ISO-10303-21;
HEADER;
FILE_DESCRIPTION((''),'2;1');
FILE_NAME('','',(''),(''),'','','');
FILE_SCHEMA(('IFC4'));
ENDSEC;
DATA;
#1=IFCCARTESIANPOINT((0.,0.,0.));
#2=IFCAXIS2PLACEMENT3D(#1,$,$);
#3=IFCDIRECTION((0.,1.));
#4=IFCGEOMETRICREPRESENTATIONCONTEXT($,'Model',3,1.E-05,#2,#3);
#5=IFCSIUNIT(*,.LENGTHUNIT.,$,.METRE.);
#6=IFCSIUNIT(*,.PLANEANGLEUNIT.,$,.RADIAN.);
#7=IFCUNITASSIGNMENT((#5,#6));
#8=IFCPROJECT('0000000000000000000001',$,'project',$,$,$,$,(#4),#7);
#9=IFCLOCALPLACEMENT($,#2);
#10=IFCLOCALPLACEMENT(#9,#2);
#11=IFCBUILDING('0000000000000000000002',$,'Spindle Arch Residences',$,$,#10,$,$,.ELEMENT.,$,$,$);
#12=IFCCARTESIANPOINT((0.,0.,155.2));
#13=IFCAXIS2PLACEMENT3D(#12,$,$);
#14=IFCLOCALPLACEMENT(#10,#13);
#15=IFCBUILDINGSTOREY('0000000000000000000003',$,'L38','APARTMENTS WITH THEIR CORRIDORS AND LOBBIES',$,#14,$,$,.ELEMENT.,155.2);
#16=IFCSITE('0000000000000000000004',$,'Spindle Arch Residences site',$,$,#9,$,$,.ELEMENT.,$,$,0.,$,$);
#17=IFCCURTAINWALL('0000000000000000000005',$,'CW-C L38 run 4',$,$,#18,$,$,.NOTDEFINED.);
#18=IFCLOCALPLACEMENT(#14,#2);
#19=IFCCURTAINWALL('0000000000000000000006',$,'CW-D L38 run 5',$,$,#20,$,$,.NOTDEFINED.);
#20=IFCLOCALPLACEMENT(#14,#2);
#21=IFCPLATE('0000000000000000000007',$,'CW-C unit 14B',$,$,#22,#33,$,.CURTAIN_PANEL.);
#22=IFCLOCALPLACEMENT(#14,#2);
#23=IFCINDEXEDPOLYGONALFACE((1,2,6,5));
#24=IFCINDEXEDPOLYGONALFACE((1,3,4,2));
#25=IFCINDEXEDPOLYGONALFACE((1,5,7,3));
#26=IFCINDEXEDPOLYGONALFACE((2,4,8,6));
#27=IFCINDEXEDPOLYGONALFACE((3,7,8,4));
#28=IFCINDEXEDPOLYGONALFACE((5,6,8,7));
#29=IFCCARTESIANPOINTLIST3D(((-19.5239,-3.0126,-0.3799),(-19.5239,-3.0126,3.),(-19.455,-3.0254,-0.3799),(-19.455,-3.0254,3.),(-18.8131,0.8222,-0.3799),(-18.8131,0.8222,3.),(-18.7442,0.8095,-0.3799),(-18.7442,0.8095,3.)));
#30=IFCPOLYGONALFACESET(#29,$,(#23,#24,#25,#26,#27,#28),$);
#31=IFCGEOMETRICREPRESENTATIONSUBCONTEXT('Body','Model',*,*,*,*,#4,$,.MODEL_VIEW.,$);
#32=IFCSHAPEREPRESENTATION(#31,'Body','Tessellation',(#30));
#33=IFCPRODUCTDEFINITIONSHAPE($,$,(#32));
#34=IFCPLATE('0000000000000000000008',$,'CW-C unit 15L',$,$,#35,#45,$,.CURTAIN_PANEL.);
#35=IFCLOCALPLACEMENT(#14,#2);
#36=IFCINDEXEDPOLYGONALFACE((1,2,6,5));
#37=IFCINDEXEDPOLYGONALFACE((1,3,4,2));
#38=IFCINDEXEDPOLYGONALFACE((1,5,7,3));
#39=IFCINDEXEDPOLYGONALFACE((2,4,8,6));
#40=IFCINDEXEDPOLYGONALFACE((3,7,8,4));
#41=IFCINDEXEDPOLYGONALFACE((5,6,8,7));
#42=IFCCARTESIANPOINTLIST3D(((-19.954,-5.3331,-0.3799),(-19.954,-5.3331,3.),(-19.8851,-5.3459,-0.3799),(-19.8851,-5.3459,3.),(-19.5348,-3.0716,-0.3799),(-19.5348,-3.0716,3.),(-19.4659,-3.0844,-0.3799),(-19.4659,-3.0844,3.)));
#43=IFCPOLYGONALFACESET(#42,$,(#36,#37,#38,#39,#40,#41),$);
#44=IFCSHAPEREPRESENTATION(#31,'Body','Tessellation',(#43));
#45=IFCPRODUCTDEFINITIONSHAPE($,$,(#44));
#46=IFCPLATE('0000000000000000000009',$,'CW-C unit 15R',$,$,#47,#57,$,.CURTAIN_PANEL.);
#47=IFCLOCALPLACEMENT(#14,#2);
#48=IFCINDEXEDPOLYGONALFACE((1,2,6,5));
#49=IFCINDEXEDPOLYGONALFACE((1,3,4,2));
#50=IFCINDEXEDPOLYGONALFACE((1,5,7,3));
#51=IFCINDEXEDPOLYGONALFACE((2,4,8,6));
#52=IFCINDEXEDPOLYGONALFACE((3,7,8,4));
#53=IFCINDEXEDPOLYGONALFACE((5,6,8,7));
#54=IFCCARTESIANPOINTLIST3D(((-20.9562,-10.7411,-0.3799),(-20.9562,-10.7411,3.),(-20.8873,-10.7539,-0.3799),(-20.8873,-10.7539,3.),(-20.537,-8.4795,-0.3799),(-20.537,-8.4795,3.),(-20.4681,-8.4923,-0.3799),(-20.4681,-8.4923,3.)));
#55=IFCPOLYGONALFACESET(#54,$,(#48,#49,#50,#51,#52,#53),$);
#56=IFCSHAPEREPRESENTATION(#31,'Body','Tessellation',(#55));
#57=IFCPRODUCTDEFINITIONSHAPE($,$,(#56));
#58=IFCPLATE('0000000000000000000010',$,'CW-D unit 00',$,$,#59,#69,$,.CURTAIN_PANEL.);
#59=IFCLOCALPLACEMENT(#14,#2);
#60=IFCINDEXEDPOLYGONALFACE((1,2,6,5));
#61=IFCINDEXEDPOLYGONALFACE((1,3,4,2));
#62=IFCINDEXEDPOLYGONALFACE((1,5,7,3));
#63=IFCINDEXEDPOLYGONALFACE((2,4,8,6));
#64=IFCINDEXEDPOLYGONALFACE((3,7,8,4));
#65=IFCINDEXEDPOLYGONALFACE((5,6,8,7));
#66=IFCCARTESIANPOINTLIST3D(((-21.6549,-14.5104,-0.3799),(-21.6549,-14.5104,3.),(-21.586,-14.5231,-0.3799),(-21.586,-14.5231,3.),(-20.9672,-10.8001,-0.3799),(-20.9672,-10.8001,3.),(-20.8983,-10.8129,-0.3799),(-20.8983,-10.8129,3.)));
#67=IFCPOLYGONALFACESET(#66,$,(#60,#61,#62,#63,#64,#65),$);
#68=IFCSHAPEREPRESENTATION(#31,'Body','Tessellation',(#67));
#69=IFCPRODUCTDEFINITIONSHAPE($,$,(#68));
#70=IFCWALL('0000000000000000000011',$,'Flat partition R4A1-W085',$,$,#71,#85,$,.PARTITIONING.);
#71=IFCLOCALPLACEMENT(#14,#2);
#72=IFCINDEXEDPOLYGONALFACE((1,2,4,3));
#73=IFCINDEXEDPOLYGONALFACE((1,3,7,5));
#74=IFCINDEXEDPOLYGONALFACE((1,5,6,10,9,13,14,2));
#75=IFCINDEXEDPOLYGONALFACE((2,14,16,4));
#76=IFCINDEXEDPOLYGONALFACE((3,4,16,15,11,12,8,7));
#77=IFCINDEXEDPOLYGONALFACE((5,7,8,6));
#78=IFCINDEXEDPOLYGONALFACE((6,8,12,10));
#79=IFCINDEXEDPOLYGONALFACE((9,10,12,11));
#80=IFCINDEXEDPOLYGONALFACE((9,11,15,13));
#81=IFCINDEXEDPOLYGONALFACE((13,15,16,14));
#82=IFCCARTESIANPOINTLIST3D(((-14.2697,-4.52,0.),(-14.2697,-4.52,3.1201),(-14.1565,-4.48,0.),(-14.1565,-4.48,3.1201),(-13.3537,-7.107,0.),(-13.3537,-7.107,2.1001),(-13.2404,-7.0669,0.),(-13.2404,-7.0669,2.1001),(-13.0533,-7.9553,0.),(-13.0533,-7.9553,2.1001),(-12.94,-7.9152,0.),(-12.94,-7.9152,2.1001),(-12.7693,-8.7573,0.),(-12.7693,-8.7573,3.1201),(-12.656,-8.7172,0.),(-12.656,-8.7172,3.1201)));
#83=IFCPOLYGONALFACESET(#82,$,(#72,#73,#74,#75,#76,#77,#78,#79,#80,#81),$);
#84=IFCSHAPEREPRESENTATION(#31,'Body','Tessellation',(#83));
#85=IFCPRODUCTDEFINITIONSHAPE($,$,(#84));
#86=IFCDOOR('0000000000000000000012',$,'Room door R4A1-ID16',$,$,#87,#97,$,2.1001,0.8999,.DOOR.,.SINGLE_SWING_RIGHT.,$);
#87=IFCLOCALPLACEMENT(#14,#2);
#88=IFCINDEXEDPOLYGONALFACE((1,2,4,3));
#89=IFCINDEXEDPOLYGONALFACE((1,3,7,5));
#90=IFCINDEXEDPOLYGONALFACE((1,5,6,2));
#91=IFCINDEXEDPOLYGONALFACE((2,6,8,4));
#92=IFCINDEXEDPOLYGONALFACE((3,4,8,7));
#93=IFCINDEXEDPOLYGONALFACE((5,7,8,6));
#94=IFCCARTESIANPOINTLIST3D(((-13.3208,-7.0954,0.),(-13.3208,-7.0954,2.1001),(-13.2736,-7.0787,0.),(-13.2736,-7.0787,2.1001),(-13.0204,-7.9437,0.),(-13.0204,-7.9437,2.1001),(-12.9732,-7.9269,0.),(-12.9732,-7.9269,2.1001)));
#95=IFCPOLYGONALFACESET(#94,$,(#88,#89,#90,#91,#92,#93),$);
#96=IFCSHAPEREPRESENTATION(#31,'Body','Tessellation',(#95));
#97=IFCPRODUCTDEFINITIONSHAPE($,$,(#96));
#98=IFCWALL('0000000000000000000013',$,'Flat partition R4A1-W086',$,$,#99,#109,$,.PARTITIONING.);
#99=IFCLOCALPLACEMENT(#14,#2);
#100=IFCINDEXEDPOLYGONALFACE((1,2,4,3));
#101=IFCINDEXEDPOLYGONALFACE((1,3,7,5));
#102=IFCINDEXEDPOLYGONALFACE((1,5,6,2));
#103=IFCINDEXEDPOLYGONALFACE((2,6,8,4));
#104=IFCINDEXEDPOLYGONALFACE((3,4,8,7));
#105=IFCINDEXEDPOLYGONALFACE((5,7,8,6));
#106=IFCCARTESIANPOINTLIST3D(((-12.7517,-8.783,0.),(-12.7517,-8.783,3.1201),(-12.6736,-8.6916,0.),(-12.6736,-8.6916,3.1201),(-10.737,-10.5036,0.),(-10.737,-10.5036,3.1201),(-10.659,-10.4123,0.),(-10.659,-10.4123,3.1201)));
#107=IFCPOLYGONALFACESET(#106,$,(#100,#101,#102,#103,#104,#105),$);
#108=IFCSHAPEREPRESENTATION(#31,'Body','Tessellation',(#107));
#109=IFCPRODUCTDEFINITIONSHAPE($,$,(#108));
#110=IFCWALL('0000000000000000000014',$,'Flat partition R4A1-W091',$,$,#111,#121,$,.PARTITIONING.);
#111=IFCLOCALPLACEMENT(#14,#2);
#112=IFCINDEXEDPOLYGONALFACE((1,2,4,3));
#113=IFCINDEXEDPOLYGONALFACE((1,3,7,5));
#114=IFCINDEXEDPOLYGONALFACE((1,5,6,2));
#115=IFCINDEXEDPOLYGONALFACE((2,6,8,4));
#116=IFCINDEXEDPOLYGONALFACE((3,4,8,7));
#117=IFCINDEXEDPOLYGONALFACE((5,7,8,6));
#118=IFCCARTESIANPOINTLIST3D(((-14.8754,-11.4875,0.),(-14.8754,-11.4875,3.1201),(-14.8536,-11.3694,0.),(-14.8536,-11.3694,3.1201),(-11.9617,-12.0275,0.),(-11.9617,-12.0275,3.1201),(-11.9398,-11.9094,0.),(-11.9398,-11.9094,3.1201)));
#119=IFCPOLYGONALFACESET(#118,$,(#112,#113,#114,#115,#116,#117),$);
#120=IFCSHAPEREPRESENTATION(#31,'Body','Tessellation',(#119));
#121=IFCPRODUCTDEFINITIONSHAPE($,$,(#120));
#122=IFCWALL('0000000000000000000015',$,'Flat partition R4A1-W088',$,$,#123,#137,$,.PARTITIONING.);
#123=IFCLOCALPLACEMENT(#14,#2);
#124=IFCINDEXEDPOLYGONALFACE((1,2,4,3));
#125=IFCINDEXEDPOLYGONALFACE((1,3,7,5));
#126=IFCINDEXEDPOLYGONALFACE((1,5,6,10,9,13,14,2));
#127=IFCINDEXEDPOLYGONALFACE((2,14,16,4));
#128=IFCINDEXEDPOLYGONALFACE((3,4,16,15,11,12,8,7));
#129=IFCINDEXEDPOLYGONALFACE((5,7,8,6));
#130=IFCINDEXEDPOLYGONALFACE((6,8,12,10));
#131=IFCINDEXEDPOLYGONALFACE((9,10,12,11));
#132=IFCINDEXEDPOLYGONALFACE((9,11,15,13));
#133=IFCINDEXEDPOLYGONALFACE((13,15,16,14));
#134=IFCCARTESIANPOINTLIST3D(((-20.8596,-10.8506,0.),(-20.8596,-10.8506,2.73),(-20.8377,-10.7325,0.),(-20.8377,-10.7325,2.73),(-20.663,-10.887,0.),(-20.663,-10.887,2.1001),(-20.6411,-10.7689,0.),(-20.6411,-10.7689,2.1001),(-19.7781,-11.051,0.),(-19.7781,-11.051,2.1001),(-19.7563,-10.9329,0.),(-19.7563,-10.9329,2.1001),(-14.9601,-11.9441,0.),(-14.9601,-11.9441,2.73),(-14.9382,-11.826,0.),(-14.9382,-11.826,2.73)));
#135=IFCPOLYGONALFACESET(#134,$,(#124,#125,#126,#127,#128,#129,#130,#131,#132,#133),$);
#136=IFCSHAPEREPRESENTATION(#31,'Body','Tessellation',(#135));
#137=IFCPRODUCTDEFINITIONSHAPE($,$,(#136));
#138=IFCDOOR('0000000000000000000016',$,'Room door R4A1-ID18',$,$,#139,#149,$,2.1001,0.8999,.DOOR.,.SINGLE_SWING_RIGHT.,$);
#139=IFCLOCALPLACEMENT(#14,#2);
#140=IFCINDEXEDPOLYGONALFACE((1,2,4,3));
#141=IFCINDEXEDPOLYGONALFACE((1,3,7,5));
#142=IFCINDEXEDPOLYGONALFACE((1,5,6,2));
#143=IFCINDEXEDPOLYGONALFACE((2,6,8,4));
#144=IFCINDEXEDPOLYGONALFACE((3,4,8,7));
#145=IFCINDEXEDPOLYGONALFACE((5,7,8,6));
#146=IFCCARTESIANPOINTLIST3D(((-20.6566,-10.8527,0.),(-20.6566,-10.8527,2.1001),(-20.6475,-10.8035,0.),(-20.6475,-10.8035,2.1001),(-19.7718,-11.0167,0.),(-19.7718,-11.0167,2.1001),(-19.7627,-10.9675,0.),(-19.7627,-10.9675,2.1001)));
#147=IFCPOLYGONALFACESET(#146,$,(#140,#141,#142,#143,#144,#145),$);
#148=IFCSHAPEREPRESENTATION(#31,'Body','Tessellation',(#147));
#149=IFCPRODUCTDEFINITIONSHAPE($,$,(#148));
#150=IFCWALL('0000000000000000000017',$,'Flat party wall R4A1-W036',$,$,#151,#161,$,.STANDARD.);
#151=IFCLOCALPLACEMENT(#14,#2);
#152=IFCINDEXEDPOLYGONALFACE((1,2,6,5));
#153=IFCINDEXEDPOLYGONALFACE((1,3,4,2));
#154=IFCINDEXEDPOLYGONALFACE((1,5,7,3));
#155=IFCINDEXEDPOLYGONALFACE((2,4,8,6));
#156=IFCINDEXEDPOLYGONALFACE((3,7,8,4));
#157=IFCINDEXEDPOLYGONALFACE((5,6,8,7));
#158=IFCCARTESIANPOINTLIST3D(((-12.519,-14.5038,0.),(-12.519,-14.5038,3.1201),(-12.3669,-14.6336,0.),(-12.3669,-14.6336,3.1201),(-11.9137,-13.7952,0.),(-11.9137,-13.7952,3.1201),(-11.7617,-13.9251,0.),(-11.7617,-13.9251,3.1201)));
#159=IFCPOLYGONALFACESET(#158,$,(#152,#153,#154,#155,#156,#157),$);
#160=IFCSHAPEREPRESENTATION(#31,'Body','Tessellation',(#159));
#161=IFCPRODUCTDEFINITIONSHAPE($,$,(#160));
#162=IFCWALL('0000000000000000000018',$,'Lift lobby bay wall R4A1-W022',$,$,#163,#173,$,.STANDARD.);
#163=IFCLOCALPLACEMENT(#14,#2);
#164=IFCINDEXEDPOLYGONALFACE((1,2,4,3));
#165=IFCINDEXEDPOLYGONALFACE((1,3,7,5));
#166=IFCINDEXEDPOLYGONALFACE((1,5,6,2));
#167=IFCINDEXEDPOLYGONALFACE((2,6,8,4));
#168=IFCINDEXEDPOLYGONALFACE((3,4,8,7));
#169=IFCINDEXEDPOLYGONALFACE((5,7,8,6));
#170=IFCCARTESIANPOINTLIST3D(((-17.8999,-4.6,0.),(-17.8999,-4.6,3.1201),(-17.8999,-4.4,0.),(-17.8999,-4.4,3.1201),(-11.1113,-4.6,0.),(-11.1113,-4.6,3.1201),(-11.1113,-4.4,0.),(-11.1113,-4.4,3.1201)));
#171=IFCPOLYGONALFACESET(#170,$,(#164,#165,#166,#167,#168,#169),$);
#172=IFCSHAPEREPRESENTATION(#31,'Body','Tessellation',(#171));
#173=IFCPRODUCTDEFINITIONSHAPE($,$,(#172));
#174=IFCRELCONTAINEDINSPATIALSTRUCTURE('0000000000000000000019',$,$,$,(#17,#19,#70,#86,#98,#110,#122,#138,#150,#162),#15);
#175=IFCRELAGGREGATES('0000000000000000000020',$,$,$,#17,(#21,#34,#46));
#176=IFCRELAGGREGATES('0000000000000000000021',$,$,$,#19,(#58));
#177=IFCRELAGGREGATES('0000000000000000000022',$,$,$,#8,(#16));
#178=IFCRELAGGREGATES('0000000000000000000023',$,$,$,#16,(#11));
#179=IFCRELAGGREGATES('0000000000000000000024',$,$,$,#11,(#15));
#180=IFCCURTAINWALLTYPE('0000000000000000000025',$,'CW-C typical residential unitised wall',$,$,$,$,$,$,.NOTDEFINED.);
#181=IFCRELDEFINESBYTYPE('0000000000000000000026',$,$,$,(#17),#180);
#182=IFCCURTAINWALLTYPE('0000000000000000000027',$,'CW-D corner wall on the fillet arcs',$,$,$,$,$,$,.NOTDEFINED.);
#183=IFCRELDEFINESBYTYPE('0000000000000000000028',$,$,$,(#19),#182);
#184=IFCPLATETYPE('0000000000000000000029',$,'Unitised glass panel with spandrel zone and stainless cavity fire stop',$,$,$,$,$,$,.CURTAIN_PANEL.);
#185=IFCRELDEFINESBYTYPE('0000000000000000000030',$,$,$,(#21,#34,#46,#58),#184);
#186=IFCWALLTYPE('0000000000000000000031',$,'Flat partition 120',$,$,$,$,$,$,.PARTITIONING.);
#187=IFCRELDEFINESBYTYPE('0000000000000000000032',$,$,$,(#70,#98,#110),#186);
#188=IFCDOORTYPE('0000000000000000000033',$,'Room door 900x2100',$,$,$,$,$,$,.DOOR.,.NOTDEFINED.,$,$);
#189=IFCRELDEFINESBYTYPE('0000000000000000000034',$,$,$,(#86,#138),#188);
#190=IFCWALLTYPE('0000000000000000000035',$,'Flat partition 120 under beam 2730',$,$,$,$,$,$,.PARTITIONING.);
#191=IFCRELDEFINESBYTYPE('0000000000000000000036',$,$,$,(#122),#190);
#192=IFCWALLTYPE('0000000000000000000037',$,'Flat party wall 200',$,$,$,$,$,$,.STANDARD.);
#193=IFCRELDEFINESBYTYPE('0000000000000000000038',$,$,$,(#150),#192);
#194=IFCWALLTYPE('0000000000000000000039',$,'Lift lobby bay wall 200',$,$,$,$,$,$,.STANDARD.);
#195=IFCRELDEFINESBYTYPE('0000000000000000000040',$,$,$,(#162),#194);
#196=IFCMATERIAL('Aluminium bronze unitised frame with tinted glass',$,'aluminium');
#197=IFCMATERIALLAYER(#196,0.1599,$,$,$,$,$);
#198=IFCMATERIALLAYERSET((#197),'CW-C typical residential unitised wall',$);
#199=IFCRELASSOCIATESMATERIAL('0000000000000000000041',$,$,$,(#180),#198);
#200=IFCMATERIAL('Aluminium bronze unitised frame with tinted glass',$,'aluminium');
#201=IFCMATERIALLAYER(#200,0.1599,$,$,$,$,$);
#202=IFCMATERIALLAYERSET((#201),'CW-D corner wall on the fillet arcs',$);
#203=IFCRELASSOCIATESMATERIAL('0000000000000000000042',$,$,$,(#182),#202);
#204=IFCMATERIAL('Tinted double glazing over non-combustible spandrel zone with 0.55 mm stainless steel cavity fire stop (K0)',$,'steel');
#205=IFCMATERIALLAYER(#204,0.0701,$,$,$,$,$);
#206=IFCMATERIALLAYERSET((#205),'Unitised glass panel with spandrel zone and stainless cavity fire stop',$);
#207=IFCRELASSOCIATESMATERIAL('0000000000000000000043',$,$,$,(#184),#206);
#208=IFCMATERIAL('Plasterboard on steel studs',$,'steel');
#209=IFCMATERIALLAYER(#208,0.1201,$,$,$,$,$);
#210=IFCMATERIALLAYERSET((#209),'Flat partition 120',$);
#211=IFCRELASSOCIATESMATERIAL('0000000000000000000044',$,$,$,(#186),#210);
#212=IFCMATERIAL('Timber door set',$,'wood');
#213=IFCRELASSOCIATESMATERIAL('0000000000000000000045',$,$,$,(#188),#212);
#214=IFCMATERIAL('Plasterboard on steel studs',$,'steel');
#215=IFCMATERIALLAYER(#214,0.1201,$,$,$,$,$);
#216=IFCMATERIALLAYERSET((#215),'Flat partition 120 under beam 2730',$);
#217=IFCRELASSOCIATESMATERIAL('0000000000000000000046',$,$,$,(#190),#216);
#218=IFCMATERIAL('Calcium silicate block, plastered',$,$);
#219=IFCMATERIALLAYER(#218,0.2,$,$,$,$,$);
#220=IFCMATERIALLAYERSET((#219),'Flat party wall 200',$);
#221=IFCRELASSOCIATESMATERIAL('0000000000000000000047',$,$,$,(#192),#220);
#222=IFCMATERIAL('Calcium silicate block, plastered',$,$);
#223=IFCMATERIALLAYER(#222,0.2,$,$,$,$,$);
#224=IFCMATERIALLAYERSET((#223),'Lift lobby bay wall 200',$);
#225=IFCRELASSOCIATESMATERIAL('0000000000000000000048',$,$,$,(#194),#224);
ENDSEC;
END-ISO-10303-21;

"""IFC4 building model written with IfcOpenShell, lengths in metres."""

from ifc_helpers import new_model, si_unit, direction, frame, frame_2d, origin, origin_2d, place, context, subcontext, project, spatial, rectangle, extrude, material, layer, layer_set, type_object, element, fill, aggregate, save


model = new_model("IFC4")

# Units and contexts
model_context = context("Model", 3, precision=1e-05, world=origin(), true_north=direction((0.0, 1.0)))
body_context = subcontext(model_context, "Body", "Model", "MODEL_VIEW")
ifc_project = project(units=[si_unit("LENGTHUNIT", "METRE"), si_unit("PLANEANGLEUNIT", "RADIAN")], contexts=[model_context])

# Site, building, storey
site_placement = place(None, origin())
site = spatial("IfcSite", under=ifc_project, at=site_placement, Name="Spindle Arch Residences site", CompositionType="ELEMENT", RefElevation=0.0)
building_placement = place(site_placement, origin())
building = spatial("IfcBuilding", under=site, at=building_placement, Name="Spindle Arch Residences", CompositionType="ELEMENT")
storey_placement = place(building_placement, frame((0.0, 0.0, 155.2)))
storey = spatial("IfcBuildingStorey", under=building, at=storey_placement, Name="L38", Description="APARTMENTS WITH THEIR CORRIDORS AND LOBBIES", CompositionType="ELEMENT", Elevation=155.2)

# Curtain wall
ifc_material_1 = material(Name="Aluminium bronze unitised frame with tinted glass", Category="aluminium")
ifc_layer_1 = layer(ifc_material_1, 0.1599)
ifc_layer_set_1 = layer_set([ifc_layer_1], Name="CW-C typical residential unitised wall")
curtain_wall_type_1 = type_object("IfcCurtainWallType", Name="CW-C typical residential unitised wall", PredefinedType="NOTDEFINED", material=ifc_layer_set_1)
curtain_wall_1_placement = place(storey_placement, origin())
curtain_wall_1 = element("IfcCurtainWall", 1, at=curtain_wall_1_placement, inside=storey, type_object=curtain_wall_type_1, Name="CW-C L38 run 4", PredefinedType="NOTDEFINED")

# Curtain wall
ifc_material_2 = material(Name="Aluminium bronze unitised frame with tinted glass", Category="aluminium")
ifc_layer_2 = layer(ifc_material_2, 0.1599)
ifc_layer_set_2 = layer_set([ifc_layer_2], Name="CW-D corner wall on the fillet arcs")
curtain_wall_type_2 = type_object("IfcCurtainWallType", Name="CW-D corner wall on the fillet arcs", PredefinedType="NOTDEFINED", material=ifc_layer_set_2)
curtain_wall_2_placement = place(storey_placement, origin())
curtain_wall_2 = element("IfcCurtainWall", 2, at=curtain_wall_2_placement, inside=storey, type_object=curtain_wall_type_2, Name="CW-D L38 run 5", PredefinedType="NOTDEFINED")

# Plates
ifc_material_3 = material(Name="Tinted double glazing over non-combustible spandrel zone with 0.55 mm stainless steel cavity fire stop (K0)", Category="steel")
ifc_layer_3 = layer(ifc_material_3, 0.0701)
ifc_layer_set_3 = layer_set([ifc_layer_3], Name="Unitised glass panel with spandrel zone and stainless cavity fire stop")
plate_type = type_object("IfcPlateType", Name="Unitised glass panel with spandrel zone and stainless cavity fire stop", PredefinedType="CURTAIN_PANEL", material=ifc_layer_set_3)
plate_1_placement = place(storey_placement, frame((-19.134, -1.1016, -0.3799), z_axis=(0.0, 0.0, 1.0), x_axis=(-0.182236, -0.983255, 0.0)))
plate_1 = element("IfcPlate", 3, at=plate_1_placement, type_object=plate_type, Name="CW-C unit 14B", PredefinedType="CURTAIN_PANEL", context=body_context, shape_type="SweptSolid", body=[
    extrude(rectangle(XDim=3.9001, YDim=0.0701, at=origin_2d()), origin(), (0.0, 0.0, 1.0), 3.3799),
])
plate_2_placement = place(storey_placement, frame((-19.71, -4.2087, -0.3799), z_axis=(0.0, 0.0, 1.0), x_axis=(-0.182236, -0.983255, 0.0)))
plate_2 = element("IfcPlate", 4, at=plate_2_placement, type_object=plate_type, Name="CW-C unit 15L", PredefinedType="CURTAIN_PANEL", context=body_context, shape_type="SweptSolid", body=[
    extrude(rectangle(XDim=2.3, YDim=0.0701, at=origin_2d()), origin(), (0.0, 0.0, 1.0), 3.3799),
])
plate_3_placement = place(storey_placement, frame((-20.7122, -9.6167, -0.3799), z_axis=(0.0, 0.0, 1.0), x_axis=(-0.182236, -0.983255, 0.0)))
plate_3 = element("IfcPlate", 5, at=plate_3_placement, type_object=plate_type, Name="CW-C unit 15R", PredefinedType="CURTAIN_PANEL", context=body_context, shape_type="SweptSolid", body=[
    extrude(rectangle(XDim=2.3, YDim=0.0701, at=origin_2d()), origin(), (0.0, 0.0, 1.0), 3.3799),
])
aggregate(curtain_wall_1, [plate_1, plate_2, plate_3])
plate_4_placement = place(storey_placement, frame((-21.2766, -12.6616, -0.3799), z_axis=(0.0, 0.0, 1.0), x_axis=(-0.182236, -0.983255, 0.0)))
plate_4 = element("IfcPlate", 6, at=plate_4_placement, type_object=plate_type, Name="CW-D unit 00", PredefinedType="CURTAIN_PANEL", context=body_context, shape_type="SweptSolid", body=[
    extrude(rectangle(XDim=3.7734, YDim=0.0701, at=origin_2d()), origin(), (0.0, 0.0, 1.0), 3.3799),
])
aggregate(curtain_wall_2, [plate_4])

# Wall, opening, door
ifc_material_4 = material(Name="Plasterboard on steel studs", Category="steel")
ifc_layer_4 = layer(ifc_material_4, 0.1201)
ifc_layer_set_4 = layer_set([ifc_layer_4], Name="Flat partition 120")
wall_type_1 = type_object("IfcWallType", Name="Flat partition 120", PredefinedType="PARTITIONING", material=ifc_layer_set_4)
wall_1_placement = place(storey_placement, frame((-14.2131, -4.5, 0.0), z_axis=(0.0, 0.0, 1.0), x_axis=(0.333803, -0.942643, 0.0)))
wall_1 = element("IfcWall", 7, at=wall_1_placement, inside=storey, type_object=wall_type_1, Name="Flat partition R4A1-W085", PredefinedType="PARTITIONING", context=body_context, shape_type="SweptSolid", body=[
    extrude(rectangle(XDim=4.4951, YDim=0.1201, at=frame_2d((2.2476, 0.0))), origin(), (0.0, 0.0, 1.0), 3.1201),
])
opening_1_placement = place(wall_1_placement, frame((2.7444, 0.0, 0.0)))
opening_1 = element("IfcOpeningElement", 8, at=opening_1_placement, cuts=wall_1, PredefinedType="OPENING", context=body_context, shape_type="SweptSolid", body=[
    extrude(rectangle(XDim=0.8999, YDim=2.1001, at=frame_2d((0.45, 1.05))), frame((0.0, 0.0701, 0.0), z_axis=(0.0, -1.0, 0.0), x_axis=(1.0, 0.0, 0.0)), (0.0, 0.0, 1.0), 0.1401),
])
ifc_material_5 = material(Name="Timber door set", Category="wood")
door_type_1 = type_object("IfcDoorType", Name="Room door 900x2100", OperationType="NOTDEFINED", PredefinedType="DOOR", material=ifc_material_5)
door_1_placement = place(opening_1_placement, origin())
door_1 = element("IfcDoor", 9, at=door_1_placement, inside=storey, type_object=door_type_1, Name="Room door R4A1-ID16", OperationType="SINGLE_SWING_RIGHT", OverallHeight=2.1001, OverallWidth=0.8999, PredefinedType="DOOR", context=body_context, shape_type="SweptSolid", body=[
    extrude(rectangle(XDim=0.8999, YDim=2.1001, at=frame_2d((0.45, 1.05))), frame((0.0, 0.0249, 0.0), z_axis=(0.0, -1.0, 0.0), x_axis=(1.0, 0.0, 0.0)), (0.0, 0.0, 1.0), 0.05),
])
fill(opening_1, door_1)

# Walls
wall_2_placement = place(storey_placement, frame((-12.7126, -8.7373, 0.0), z_axis=(0.0, 0.0, 1.0), x_axis=(0.7604, -0.649455, 0.0)))
element("IfcWall", 10, at=wall_2_placement, inside=storey, type_object=wall_type_1, Name="Flat partition R4A1-W086", PredefinedType="PARTITIONING", context=body_context, shape_type="SweptSolid", body=[
    extrude(rectangle(XDim=2.6494, YDim=0.1201, at=frame_2d((1.3247, 0.0))), origin(), (0.0, 0.0, 1.0), 3.1201),
])
wall_3_placement = place(storey_placement, frame((-14.8645, -11.4285, 0.0), z_axis=(0.0, 0.0, 1.0), x_axis=(0.983255, -0.182234, 0.0)))
element("IfcWall", 11, at=wall_3_placement, inside=storey, type_object=wall_type_1, Name="Flat partition R4A1-W091", PredefinedType="PARTITIONING", context=body_context, shape_type="SweptSolid", body=[
    extrude(rectangle(XDim=2.9634, YDim=0.1201, at=frame_2d((1.4817, 0.0))), origin(), (0.0, 0.0, 1.0), 3.1201),
])

# Wall, opening, door
ifc_material_6 = material(Name="Plasterboard on steel studs", Category="steel")
ifc_layer_5 = layer(ifc_material_6, 0.1201)
ifc_layer_set_5 = layer_set([ifc_layer_5], Name="Flat partition 120 under beam 2730")
wall_type_2 = type_object("IfcWallType", Name="Flat partition 120 under beam 2730", PredefinedType="PARTITIONING", material=ifc_layer_set_5)
wall_4_placement = place(storey_placement, frame((-20.8486, -10.7915, 0.0), z_axis=(0.0, 0.0, 1.0), x_axis=(0.983252, -0.182254, 0.0)))
wall_4 = element("IfcWall", 12, at=wall_4_placement, inside=storey, type_object=wall_type_2, Name="Flat partition R4A1-W088", PredefinedType="PARTITIONING", context=body_context, shape_type="SweptSolid", body=[
    extrude(rectangle(XDim=6.0, YDim=0.1201, at=frame_2d((3.0, 0.0))), origin(), (0.0, 0.0, 1.0), 2.73),
])
opening_2_placement = place(wall_4_placement, frame((0.2, 0.0, 0.0)))
opening_2 = element("IfcOpeningElement", 13, at=opening_2_placement, cuts=wall_4, PredefinedType="OPENING", context=body_context, shape_type="SweptSolid", body=[
    extrude(rectangle(XDim=0.8999, YDim=2.1001, at=frame_2d((0.45, 1.05))), frame((0.0, 0.0701, 0.0), z_axis=(0.0, -1.0, 0.0), x_axis=(1.0, 0.0, 0.0)), (0.0, 0.0, 1.0), 0.1401),
])
door_2_placement = place(opening_2_placement, origin())
door_2 = element("IfcDoor", 14, at=door_2_placement, inside=storey, type_object=door_type_1, Name="Room door R4A1-ID18", OperationType="SINGLE_SWING_RIGHT", OverallHeight=2.1001, OverallWidth=0.8999, PredefinedType="DOOR", context=body_context, shape_type="SweptSolid", body=[
    extrude(rectangle(XDim=0.8999, YDim=2.1001, at=frame_2d((0.45, 1.05))), frame((0.0, 0.0249, 0.0), z_axis=(0.0, -1.0, 0.0), x_axis=(1.0, 0.0, 0.0)), (0.0, 0.0, 1.0), 0.05),
])
fill(opening_2, door_2)

# Wall
ifc_material_7 = material(Name="Calcium silicate block, plastered")
ifc_layer_6 = layer(ifc_material_7, 0.2)
ifc_layer_set_6 = layer_set([ifc_layer_6], Name="Flat party wall 200")
wall_type_3 = type_object("IfcWallType", Name="Flat party wall 200", PredefinedType="STANDARD", material=ifc_layer_set_6)
wall_5_placement = place(storey_placement, frame((-12.4429, -14.5686, 0.0), z_axis=(0.0, 0.0, 1.0), x_axis=(0.649517, 0.760347, 0.0)))
element("IfcWall", 15, at=wall_5_placement, inside=storey, type_object=wall_type_3, Name="Flat party wall R4A1-W036", PredefinedType="STANDARD", context=body_context, shape_type="SweptSolid", body=[
    extrude(rectangle(XDim=0.9319, YDim=0.2, at=frame_2d((0.4658, 0.0))), origin(), (0.0, 0.0, 1.0), 3.1201),
])

# Wall
ifc_material_8 = material(Name="Calcium silicate block, plastered")
ifc_layer_7 = layer(ifc_material_8, 0.2)
ifc_layer_set_7 = layer_set([ifc_layer_7], Name="Lift lobby bay wall 200")
wall_type_4 = type_object("IfcWallType", Name="Lift lobby bay wall 200", PredefinedType="STANDARD", material=ifc_layer_set_7)
wall_6_placement = place(storey_placement, frame((-17.8999, -4.5, 0.0), z_axis=(0.0, 0.0, 1.0), x_axis=(1.0, 0.0, 0.0)))
element("IfcWall", 16, at=wall_6_placement, inside=storey, type_object=wall_type_4, Name="Lift lobby bay wall R4A1-W022", PredefinedType="STANDARD", context=body_context, shape_type="SweptSolid", body=[
    extrude(rectangle(XDim=6.7886, YDim=0.2, at=frame_2d((3.3943, 0.0))), origin(), (0.0, 0.0, 1.0), 3.1201),
])

save(model, "model.ifc")
